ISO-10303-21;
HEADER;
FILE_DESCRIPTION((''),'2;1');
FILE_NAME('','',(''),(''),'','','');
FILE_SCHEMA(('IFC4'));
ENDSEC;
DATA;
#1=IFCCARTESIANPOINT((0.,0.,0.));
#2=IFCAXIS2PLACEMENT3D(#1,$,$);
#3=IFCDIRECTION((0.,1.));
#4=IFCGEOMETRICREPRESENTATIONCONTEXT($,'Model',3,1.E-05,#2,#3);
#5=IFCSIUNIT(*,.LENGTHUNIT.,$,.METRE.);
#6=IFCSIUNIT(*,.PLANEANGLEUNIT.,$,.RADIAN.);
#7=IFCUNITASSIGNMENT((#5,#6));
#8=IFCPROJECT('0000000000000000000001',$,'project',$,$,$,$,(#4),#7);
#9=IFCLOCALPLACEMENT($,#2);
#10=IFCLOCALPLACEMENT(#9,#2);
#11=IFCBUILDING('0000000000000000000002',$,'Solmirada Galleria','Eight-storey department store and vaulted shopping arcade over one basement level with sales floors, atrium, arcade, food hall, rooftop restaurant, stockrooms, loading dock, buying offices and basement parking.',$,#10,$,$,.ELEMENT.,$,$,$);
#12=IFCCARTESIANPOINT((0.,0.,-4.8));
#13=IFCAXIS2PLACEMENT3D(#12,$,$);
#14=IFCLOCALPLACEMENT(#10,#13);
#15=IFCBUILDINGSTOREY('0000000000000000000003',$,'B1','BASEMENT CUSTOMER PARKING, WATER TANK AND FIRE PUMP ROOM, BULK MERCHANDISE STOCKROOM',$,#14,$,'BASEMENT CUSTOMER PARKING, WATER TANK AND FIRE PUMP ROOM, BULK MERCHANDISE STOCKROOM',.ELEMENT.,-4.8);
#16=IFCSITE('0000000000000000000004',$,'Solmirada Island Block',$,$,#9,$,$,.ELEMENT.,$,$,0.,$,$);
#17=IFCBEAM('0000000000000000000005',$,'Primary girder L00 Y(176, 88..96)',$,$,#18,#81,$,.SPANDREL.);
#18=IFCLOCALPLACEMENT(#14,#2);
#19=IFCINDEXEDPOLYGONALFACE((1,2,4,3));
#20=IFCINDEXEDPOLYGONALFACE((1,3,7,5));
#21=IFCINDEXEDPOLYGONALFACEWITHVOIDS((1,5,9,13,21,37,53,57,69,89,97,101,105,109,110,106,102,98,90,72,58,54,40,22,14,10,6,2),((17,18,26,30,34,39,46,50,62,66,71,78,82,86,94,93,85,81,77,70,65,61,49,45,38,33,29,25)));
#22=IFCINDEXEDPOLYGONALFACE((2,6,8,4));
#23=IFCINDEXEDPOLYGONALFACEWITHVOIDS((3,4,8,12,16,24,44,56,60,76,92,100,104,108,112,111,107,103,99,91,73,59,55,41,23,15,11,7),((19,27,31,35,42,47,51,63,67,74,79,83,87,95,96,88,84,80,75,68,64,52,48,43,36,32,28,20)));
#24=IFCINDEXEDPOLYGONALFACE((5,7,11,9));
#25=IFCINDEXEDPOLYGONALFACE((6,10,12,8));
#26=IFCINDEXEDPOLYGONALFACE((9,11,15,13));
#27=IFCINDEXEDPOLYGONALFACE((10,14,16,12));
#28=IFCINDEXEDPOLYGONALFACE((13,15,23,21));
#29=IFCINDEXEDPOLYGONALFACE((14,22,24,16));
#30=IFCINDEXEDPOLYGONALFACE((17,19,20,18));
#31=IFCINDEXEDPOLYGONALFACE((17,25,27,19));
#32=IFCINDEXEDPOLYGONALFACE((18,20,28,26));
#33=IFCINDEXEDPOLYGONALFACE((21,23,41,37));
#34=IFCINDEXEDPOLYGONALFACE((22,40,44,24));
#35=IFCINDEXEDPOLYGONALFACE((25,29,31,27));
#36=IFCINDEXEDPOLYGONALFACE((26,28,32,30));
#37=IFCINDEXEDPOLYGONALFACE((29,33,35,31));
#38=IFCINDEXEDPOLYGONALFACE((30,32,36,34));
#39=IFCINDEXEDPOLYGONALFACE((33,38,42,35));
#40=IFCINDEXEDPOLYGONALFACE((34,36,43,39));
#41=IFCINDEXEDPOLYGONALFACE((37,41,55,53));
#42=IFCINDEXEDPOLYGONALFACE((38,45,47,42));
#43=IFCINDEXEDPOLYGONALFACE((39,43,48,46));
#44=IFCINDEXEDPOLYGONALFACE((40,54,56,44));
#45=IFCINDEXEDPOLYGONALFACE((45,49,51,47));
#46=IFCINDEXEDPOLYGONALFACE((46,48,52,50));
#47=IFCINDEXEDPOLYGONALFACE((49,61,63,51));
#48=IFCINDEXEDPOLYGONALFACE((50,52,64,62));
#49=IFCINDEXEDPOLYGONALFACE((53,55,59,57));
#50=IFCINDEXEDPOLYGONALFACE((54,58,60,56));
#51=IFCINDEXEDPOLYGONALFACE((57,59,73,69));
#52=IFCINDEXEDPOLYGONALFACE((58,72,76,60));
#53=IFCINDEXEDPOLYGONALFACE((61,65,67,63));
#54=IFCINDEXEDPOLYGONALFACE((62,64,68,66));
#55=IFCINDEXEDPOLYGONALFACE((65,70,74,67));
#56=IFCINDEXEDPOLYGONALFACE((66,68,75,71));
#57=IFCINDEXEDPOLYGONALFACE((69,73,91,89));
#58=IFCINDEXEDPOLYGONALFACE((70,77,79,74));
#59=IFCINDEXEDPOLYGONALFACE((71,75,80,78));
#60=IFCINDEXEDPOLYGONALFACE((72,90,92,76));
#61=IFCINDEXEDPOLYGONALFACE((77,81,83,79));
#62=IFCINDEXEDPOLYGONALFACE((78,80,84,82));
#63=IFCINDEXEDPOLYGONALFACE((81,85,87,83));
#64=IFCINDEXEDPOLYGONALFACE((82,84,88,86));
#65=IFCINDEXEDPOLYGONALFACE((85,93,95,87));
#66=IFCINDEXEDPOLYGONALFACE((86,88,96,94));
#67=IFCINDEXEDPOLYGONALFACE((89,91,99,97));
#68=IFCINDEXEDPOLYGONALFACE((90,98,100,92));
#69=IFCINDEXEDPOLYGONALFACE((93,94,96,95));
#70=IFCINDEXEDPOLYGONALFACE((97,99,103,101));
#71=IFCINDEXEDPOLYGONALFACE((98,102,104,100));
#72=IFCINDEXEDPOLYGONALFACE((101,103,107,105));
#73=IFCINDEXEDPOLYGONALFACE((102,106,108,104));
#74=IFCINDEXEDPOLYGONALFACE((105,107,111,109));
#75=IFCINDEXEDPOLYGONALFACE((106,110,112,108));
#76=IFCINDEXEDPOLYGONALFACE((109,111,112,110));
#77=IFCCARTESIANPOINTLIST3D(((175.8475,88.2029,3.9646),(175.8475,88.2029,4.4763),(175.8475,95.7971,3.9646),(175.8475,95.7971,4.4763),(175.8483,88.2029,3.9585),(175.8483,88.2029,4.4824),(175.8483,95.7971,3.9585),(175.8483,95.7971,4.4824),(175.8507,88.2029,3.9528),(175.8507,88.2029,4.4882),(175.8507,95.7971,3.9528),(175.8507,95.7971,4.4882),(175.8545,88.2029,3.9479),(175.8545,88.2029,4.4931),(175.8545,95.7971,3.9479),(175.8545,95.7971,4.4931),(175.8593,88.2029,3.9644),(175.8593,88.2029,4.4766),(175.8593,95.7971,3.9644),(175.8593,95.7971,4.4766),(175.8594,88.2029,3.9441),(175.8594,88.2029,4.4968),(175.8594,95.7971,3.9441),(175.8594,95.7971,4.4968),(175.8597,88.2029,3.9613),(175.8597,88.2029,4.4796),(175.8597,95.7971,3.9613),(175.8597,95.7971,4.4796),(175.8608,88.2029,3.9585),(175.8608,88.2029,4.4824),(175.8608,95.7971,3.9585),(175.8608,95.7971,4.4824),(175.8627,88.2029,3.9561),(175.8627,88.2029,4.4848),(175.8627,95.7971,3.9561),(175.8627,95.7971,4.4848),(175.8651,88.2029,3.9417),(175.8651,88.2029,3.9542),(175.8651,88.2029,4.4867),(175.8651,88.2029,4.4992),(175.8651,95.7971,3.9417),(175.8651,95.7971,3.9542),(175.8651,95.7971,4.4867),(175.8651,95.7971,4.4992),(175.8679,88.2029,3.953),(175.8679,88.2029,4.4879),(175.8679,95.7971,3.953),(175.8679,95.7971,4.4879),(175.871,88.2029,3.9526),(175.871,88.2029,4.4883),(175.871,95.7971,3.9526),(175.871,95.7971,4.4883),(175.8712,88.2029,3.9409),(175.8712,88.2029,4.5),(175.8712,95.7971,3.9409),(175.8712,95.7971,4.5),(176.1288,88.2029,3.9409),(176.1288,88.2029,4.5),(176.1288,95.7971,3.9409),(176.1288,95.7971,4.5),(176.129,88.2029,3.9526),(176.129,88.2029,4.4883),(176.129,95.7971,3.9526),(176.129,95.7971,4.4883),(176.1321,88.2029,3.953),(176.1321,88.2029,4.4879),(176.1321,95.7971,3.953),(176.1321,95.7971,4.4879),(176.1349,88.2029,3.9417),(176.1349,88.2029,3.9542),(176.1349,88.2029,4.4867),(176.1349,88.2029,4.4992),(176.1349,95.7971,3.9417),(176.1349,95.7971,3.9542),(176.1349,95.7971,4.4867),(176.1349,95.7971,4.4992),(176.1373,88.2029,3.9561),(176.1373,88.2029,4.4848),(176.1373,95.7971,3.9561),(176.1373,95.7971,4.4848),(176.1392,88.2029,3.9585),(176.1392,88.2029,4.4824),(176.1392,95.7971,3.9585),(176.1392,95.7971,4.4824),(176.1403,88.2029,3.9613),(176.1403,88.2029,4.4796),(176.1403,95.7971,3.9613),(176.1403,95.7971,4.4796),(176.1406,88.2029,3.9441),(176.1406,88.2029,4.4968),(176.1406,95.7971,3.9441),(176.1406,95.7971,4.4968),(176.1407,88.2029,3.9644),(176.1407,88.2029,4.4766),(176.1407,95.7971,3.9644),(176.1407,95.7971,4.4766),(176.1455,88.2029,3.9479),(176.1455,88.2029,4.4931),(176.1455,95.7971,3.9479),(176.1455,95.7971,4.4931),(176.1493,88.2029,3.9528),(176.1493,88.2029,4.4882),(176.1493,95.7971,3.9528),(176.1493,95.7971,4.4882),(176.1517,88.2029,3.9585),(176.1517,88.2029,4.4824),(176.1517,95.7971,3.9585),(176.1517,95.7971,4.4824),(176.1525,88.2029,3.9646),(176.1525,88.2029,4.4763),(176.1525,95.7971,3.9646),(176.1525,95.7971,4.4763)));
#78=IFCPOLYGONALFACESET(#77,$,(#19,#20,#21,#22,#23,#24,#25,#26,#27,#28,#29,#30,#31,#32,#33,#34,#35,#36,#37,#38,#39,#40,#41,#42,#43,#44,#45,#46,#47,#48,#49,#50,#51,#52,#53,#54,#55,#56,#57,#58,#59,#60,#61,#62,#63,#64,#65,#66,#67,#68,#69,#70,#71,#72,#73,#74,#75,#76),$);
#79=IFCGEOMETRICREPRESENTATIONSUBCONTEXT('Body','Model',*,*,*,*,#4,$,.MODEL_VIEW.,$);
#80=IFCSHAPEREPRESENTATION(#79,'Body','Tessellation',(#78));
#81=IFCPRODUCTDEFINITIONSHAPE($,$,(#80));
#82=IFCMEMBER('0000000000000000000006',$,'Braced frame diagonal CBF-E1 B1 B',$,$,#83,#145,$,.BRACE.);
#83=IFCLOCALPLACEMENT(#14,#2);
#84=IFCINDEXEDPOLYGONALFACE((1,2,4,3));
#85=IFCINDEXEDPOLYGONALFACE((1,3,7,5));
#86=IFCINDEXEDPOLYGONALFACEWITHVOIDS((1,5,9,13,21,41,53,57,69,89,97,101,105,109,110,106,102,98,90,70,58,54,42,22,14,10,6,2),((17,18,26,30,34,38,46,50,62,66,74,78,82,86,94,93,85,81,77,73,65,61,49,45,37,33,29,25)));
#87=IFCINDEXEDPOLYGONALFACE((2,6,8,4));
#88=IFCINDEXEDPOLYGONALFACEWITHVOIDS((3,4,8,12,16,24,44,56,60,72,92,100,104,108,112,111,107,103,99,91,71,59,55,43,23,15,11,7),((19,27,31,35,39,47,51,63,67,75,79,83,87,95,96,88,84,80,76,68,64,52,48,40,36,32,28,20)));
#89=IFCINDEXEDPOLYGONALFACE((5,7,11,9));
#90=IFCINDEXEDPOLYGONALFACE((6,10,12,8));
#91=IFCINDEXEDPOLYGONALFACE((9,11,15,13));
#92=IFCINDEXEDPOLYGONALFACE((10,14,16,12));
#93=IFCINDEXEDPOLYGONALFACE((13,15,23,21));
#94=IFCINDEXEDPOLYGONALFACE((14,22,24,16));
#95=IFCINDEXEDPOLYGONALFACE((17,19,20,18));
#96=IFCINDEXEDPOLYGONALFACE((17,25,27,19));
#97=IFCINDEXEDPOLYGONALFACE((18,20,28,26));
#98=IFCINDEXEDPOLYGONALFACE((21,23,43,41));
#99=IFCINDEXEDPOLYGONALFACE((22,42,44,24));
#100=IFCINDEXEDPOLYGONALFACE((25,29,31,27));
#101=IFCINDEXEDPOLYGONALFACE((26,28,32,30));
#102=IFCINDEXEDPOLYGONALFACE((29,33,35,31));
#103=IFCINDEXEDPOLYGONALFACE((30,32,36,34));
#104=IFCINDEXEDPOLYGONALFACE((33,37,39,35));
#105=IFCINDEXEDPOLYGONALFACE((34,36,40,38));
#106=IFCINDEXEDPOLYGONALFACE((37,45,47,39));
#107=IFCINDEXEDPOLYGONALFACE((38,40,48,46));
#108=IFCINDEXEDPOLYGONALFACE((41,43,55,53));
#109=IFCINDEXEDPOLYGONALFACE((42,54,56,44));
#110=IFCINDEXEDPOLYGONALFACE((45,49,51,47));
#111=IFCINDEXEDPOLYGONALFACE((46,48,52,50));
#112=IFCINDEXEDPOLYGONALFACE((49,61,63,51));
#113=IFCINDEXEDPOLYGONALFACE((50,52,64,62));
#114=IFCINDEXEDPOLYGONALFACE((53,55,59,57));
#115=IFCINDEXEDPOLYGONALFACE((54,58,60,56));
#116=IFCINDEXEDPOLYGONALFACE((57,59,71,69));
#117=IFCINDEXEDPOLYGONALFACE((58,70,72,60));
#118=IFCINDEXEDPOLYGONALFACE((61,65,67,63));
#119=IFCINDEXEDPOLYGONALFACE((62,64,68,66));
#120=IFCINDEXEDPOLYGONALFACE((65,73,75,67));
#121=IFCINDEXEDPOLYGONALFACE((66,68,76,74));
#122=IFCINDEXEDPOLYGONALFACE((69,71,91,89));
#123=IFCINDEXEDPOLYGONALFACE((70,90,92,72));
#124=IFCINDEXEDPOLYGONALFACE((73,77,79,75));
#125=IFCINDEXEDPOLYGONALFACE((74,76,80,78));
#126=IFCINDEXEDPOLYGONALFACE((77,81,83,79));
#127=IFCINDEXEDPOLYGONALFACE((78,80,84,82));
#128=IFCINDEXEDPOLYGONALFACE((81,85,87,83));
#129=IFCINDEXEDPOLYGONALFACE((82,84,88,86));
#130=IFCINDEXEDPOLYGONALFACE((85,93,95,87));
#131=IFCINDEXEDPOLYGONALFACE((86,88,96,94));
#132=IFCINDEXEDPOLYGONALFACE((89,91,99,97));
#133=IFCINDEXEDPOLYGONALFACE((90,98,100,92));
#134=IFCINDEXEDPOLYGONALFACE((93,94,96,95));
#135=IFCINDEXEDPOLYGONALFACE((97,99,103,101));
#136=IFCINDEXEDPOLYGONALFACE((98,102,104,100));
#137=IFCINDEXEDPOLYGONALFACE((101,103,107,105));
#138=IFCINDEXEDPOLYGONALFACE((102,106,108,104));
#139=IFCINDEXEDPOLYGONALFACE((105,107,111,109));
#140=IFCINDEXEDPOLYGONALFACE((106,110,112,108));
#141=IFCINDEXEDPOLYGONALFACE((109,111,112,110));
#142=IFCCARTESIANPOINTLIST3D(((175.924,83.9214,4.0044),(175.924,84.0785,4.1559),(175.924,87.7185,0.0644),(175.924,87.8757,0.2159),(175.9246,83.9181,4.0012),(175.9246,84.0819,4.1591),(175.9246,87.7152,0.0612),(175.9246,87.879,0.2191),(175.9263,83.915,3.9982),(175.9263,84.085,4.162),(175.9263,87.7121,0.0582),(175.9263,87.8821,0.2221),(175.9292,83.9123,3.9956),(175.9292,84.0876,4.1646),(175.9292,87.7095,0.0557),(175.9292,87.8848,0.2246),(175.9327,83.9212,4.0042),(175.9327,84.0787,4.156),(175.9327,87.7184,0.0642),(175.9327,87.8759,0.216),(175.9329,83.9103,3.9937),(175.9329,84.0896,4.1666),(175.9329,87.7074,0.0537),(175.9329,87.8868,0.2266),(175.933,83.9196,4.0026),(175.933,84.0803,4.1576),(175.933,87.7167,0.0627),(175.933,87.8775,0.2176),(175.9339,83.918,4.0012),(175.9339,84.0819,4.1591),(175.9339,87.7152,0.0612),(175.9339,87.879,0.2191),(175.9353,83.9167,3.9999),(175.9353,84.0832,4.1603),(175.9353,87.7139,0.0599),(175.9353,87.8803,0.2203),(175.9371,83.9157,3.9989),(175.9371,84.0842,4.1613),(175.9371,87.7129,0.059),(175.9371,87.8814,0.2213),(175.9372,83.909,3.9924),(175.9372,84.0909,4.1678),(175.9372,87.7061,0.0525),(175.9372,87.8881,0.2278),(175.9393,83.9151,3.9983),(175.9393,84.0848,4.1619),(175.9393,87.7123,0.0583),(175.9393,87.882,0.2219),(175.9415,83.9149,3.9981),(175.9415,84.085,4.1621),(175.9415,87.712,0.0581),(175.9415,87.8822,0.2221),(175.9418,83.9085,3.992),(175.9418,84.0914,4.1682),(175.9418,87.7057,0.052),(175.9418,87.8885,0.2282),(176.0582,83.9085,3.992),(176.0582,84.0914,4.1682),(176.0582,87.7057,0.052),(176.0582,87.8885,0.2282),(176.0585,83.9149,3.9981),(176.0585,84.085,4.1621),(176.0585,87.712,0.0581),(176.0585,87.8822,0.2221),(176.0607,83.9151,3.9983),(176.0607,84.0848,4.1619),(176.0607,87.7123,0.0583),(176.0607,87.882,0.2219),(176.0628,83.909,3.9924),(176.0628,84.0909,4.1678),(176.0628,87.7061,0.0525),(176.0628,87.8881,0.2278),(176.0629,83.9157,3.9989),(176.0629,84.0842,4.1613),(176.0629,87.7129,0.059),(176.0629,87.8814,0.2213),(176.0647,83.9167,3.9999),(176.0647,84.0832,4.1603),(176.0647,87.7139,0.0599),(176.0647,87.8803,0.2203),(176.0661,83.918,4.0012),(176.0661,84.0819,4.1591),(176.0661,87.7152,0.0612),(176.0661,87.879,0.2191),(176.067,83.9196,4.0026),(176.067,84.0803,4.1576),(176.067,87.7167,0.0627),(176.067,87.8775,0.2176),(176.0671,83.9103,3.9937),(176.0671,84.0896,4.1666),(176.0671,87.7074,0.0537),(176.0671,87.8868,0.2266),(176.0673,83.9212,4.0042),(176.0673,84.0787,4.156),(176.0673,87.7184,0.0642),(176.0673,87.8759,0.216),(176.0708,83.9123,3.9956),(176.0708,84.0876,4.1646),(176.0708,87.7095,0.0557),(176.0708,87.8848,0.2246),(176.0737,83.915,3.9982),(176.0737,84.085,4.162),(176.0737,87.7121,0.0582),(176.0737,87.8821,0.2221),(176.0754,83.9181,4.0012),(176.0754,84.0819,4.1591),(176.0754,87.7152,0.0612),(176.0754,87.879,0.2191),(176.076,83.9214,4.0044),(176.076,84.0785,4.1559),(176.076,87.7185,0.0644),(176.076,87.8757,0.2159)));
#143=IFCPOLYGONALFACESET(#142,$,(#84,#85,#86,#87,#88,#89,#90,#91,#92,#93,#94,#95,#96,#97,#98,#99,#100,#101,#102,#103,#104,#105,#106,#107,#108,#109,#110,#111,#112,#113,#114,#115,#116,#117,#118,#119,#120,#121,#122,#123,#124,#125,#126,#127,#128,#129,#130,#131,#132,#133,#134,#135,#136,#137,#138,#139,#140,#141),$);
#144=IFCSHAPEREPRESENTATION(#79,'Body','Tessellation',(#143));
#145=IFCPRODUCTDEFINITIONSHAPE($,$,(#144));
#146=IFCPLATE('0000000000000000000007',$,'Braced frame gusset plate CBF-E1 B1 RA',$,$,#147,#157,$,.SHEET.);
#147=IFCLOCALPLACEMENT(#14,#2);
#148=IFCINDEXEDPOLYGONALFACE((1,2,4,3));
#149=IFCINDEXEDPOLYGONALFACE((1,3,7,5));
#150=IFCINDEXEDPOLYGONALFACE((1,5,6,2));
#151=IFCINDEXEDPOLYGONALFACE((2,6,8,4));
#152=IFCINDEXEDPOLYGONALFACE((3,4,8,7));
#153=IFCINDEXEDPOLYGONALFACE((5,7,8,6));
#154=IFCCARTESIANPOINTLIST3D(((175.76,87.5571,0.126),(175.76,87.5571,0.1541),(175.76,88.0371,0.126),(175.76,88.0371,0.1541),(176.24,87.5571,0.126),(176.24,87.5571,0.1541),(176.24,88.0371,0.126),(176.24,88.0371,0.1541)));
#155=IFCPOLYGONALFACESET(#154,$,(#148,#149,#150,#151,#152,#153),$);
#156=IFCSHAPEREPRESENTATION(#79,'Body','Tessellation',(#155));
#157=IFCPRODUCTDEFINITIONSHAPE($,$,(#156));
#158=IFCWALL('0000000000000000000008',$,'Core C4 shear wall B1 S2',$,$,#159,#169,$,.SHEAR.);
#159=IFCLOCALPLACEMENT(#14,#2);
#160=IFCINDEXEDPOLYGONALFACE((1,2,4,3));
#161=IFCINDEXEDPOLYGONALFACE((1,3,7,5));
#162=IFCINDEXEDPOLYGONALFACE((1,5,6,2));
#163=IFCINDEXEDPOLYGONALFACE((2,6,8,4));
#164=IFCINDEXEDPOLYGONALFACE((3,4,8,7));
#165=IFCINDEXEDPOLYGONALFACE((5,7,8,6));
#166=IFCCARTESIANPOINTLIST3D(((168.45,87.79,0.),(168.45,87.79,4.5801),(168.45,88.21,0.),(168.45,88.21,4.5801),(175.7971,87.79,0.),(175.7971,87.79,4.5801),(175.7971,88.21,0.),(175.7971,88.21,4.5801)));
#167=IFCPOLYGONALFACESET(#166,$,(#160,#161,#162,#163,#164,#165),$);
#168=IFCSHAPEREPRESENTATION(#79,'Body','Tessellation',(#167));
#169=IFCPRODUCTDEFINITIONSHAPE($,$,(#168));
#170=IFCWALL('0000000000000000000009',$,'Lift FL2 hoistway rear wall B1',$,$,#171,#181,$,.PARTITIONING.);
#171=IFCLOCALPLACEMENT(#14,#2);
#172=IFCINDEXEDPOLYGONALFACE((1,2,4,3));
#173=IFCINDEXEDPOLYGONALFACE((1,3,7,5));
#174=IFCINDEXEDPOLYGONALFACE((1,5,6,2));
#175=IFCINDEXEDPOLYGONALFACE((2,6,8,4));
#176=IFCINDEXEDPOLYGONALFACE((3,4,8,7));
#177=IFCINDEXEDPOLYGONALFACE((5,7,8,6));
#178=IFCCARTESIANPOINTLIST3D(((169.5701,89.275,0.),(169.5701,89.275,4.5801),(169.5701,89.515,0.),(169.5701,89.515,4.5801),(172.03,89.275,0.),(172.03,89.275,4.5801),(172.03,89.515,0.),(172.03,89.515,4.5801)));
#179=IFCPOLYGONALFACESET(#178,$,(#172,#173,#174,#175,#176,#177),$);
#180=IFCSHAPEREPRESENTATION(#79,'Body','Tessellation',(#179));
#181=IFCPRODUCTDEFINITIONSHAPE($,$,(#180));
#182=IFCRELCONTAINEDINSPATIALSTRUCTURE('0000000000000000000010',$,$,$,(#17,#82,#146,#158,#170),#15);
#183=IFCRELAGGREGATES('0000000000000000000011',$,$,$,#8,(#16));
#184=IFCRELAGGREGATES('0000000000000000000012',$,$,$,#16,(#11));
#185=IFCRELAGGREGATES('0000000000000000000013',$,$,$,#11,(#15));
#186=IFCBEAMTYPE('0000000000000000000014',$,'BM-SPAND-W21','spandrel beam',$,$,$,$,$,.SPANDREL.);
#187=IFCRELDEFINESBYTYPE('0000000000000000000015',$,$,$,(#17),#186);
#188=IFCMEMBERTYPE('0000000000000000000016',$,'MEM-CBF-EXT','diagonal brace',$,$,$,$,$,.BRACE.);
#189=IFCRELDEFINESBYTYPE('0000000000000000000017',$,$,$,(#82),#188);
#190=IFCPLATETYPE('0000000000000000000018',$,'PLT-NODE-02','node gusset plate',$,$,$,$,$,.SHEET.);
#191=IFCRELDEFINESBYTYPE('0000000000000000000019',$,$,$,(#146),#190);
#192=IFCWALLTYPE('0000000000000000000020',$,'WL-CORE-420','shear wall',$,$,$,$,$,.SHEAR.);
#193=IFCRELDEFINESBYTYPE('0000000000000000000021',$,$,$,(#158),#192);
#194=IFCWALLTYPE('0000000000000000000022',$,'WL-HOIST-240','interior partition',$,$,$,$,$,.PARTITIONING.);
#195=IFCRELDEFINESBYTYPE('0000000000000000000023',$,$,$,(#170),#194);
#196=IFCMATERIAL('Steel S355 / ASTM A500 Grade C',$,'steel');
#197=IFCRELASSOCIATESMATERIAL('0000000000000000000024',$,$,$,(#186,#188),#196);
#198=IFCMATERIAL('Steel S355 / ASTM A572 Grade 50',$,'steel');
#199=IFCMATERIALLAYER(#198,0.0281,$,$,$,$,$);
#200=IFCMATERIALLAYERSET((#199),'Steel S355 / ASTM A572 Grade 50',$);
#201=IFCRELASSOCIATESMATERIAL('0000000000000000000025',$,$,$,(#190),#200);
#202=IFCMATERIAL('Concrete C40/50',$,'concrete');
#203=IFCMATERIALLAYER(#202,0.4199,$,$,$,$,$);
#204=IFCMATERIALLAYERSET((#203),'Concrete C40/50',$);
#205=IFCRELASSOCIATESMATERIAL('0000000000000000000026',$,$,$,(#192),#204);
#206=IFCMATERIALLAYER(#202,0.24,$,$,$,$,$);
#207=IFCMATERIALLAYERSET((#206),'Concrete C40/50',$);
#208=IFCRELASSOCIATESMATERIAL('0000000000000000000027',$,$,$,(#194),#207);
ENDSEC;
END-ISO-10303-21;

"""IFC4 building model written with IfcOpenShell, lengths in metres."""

from ifc_helpers import new_model, si_unit, direction, frame, frame_2d, origin, origin_2d, place, context, subcontext, project, spatial, rectangle, hollow_rectangle, extrude, material, layer, layer_set, material_profile, profile_set, type_object, element, save


model = new_model("IFC4")

# Units and contexts
model_context = context("Model", 3, precision=1e-05, world=origin(), true_north=direction((0.0, 1.0)))
body_context = subcontext(model_context, "Body", "Model", "MODEL_VIEW")
ifc_project = project(units=[si_unit("LENGTHUNIT", "METRE"), si_unit("PLANEANGLEUNIT", "RADIAN")], contexts=[model_context])

# Site, building, storey
site_placement = place(None, origin())
site = spatial("IfcSite", under=ifc_project, at=site_placement, Name="Solmirada Island Block", CompositionType="ELEMENT", RefElevation=0.0)
building_placement = place(site_placement, origin())
building = spatial("IfcBuilding", under=site, at=building_placement, Name="Solmirada Galleria", Description="Eight-storey department store and vaulted shopping arcade over one basement level with sales floors, atrium, arcade, food hall, rooftop restaurant, stockrooms, loading dock, buying offices and basement parking.", CompositionType="ELEMENT")
storey_placement = place(building_placement, frame((0.0, 0.0, -4.8)))
storey = spatial("IfcBuildingStorey", under=building, at=storey_placement, Name="B1", Description="BASEMENT CUSTOMER PARKING, WATER TANK AND FIRE PUMP ROOM, BULK MERCHANDISE STOCKROOM", LongName="BASEMENT CUSTOMER PARKING, WATER TANK AND FIRE PUMP ROOM, BULK MERCHANDISE STOCKROOM", CompositionType="ELEMENT", Elevation=-4.8)

# Shared definitions
ifc_material_1 = material(Name="Concrete C40/50", Category="concrete")

# Shared definitions
ifc_material_2 = material(Name="Steel S355 / ASTM A500 Grade C", Category="steel")

# Beam
ifc_material_profile_1 = material_profile(ifc_material_2, hollow_rectangle(XDim=0.3049, YDim=0.5591, WallThickness=0.0117, InnerFilletRadius=0.0117, OuterFilletRadius=0.0237, at=origin_2d()), Name="HSS22X12X1/2")
ifc_profile_set_1 = profile_set([ifc_material_profile_1], Name="Steel S355 / ASTM A500 Grade C")
beam_type_1 = type_object("IfcBeamType", Name="BM-SPAND-W21", Description="spandrel beam", PredefinedType="SPANDREL", material=ifc_profile_set_1)
beam_1_placement = place(storey_placement, frame((176.0, 88.2029, 4.2205), z_axis=(0.0, 1.0, 0.0), x_axis=(-1.0, 0.0, 0.0)))
element("IfcBeam", 1, at=beam_1_placement, inside=storey, type_object=beam_type_1, Name="Primary girder L00 Y(176, 88..96)", PredefinedType="SPANDREL", context=body_context, shape_type="SweptSolid", body=[
    extrude(hollow_rectangle(XDim=0.3049, YDim=0.5591, WallThickness=0.0117, InnerFilletRadius=0.0117, OuterFilletRadius=0.0237, at=origin_2d()), origin(), (0.0, 0.0, 1.0), 7.5942),
])

# Member
ifc_material_profile_2 = material_profile(ifc_material_2, hollow_rectangle(XDim=0.1521, YDim=0.2539, WallThickness=0.0088, InnerFilletRadius=0.0088, OuterFilletRadius=0.0178, at=origin_2d()), Name="HSS10X6X3/8")
ifc_profile_set_2 = profile_set([ifc_material_profile_2], Name="Steel S355 / ASTM A500 Grade C")
member_type = type_object("IfcMemberType", Name="MEM-CBF-EXT", Description="diagonal brace", PredefinedType="BRACE", material=ifc_profile_set_2)
member_placement = place(storey_placement, frame((176.0, 87.7971, 0.1401), z_axis=(0.0, -0.693936, 0.720037), x_axis=(1.0, 0.0, 0.0)))
element("IfcMember", 2, at=member_placement, inside=storey, type_object=member_type, Name="Braced frame diagonal CBF-E1 B1 B", PredefinedType="BRACE", context=body_context, shape_type="SweptSolid", body=[
    extrude(hollow_rectangle(XDim=0.1521, YDim=0.2539, WallThickness=0.0088, InnerFilletRadius=0.0088, OuterFilletRadius=0.0178, at=origin_2d()), origin(), (0.0, 0.0, 1.0), 5.4719),
])

# Plate
ifc_material_3 = material(Name="Steel S355 / ASTM A572 Grade 50", Category="steel")
ifc_layer_1 = layer(ifc_material_3, 0.0281)
ifc_layer_set_1 = layer_set([ifc_layer_1], Name="Steel S355 / ASTM A572 Grade 50")
plate_type = type_object("IfcPlateType", Name="PLT-NODE-02", Description="node gusset plate", PredefinedType="SHEET", material=ifc_layer_set_1)
plate_placement = place(storey_placement, frame((176.0, 87.7971, 0.126), z_axis=(0.0, 0.0, 1.0), x_axis=(1.0, 0.0, 0.0)))
element("IfcPlate", 3, at=plate_placement, inside=storey, type_object=plate_type, Name="Braced frame gusset plate CBF-E1 B1 RA", PredefinedType="SHEET", context=body_context, shape_type="SweptSolid", body=[
    extrude(rectangle(XDim=0.48, YDim=0.48, at=origin_2d()), origin(), (0.0, 0.0, 1.0), 0.0281),
])

# Wall
ifc_layer_2 = layer(ifc_material_1, 0.4199)
ifc_layer_set_2 = layer_set([ifc_layer_2], Name="Concrete C40/50")
wall_type_1 = type_object("IfcWallType", Name="WL-CORE-420", Description="shear wall", PredefinedType="SHEAR", material=ifc_layer_set_2)
wall_1_placement = place(storey_placement, frame((168.45, 88.0, 0.0), z_axis=(0.0, 0.0, 1.0), x_axis=(1.0, 0.0, 0.0)))
element("IfcWall", 4, at=wall_1_placement, inside=storey, type_object=wall_type_1, Name="Core C4 shear wall B1 S2", PredefinedType="SHEAR", context=body_context, shape_type="SweptSolid", body=[
    extrude(rectangle(XDim=7.3472, YDim=0.4199, at=frame_2d((3.6736, 0.0))), origin(), (0.0, 0.0, 1.0), 4.5801),
])

# Shared definitions
ifc_layer_3 = layer(ifc_material_1, 0.24)
ifc_layer_set_3 = layer_set([ifc_layer_3], Name="Concrete C40/50")
wall_type_2 = type_object("IfcWallType", Name="WL-HOIST-240", Description="interior partition", PredefinedType="PARTITIONING", material=ifc_layer_set_3)

# Wall
wall_2_placement = place(storey_placement, frame((169.5701, 89.395, 0.0), z_axis=(0.0, 0.0, 1.0), x_axis=(1.0, 0.0, 0.0)))
element("IfcWall", 5, at=wall_2_placement, inside=storey, type_object=wall_type_2, Name="Lift FL2 hoistway rear wall B1", PredefinedType="PARTITIONING", context=body_context, shape_type="SweptSolid", body=[
    extrude(rectangle(XDim=2.46, YDim=0.24, at=frame_2d((1.23, 0.0))), origin(), (0.0, 0.0, 1.0), 4.5801),
])

save(model, "model.ifc")
